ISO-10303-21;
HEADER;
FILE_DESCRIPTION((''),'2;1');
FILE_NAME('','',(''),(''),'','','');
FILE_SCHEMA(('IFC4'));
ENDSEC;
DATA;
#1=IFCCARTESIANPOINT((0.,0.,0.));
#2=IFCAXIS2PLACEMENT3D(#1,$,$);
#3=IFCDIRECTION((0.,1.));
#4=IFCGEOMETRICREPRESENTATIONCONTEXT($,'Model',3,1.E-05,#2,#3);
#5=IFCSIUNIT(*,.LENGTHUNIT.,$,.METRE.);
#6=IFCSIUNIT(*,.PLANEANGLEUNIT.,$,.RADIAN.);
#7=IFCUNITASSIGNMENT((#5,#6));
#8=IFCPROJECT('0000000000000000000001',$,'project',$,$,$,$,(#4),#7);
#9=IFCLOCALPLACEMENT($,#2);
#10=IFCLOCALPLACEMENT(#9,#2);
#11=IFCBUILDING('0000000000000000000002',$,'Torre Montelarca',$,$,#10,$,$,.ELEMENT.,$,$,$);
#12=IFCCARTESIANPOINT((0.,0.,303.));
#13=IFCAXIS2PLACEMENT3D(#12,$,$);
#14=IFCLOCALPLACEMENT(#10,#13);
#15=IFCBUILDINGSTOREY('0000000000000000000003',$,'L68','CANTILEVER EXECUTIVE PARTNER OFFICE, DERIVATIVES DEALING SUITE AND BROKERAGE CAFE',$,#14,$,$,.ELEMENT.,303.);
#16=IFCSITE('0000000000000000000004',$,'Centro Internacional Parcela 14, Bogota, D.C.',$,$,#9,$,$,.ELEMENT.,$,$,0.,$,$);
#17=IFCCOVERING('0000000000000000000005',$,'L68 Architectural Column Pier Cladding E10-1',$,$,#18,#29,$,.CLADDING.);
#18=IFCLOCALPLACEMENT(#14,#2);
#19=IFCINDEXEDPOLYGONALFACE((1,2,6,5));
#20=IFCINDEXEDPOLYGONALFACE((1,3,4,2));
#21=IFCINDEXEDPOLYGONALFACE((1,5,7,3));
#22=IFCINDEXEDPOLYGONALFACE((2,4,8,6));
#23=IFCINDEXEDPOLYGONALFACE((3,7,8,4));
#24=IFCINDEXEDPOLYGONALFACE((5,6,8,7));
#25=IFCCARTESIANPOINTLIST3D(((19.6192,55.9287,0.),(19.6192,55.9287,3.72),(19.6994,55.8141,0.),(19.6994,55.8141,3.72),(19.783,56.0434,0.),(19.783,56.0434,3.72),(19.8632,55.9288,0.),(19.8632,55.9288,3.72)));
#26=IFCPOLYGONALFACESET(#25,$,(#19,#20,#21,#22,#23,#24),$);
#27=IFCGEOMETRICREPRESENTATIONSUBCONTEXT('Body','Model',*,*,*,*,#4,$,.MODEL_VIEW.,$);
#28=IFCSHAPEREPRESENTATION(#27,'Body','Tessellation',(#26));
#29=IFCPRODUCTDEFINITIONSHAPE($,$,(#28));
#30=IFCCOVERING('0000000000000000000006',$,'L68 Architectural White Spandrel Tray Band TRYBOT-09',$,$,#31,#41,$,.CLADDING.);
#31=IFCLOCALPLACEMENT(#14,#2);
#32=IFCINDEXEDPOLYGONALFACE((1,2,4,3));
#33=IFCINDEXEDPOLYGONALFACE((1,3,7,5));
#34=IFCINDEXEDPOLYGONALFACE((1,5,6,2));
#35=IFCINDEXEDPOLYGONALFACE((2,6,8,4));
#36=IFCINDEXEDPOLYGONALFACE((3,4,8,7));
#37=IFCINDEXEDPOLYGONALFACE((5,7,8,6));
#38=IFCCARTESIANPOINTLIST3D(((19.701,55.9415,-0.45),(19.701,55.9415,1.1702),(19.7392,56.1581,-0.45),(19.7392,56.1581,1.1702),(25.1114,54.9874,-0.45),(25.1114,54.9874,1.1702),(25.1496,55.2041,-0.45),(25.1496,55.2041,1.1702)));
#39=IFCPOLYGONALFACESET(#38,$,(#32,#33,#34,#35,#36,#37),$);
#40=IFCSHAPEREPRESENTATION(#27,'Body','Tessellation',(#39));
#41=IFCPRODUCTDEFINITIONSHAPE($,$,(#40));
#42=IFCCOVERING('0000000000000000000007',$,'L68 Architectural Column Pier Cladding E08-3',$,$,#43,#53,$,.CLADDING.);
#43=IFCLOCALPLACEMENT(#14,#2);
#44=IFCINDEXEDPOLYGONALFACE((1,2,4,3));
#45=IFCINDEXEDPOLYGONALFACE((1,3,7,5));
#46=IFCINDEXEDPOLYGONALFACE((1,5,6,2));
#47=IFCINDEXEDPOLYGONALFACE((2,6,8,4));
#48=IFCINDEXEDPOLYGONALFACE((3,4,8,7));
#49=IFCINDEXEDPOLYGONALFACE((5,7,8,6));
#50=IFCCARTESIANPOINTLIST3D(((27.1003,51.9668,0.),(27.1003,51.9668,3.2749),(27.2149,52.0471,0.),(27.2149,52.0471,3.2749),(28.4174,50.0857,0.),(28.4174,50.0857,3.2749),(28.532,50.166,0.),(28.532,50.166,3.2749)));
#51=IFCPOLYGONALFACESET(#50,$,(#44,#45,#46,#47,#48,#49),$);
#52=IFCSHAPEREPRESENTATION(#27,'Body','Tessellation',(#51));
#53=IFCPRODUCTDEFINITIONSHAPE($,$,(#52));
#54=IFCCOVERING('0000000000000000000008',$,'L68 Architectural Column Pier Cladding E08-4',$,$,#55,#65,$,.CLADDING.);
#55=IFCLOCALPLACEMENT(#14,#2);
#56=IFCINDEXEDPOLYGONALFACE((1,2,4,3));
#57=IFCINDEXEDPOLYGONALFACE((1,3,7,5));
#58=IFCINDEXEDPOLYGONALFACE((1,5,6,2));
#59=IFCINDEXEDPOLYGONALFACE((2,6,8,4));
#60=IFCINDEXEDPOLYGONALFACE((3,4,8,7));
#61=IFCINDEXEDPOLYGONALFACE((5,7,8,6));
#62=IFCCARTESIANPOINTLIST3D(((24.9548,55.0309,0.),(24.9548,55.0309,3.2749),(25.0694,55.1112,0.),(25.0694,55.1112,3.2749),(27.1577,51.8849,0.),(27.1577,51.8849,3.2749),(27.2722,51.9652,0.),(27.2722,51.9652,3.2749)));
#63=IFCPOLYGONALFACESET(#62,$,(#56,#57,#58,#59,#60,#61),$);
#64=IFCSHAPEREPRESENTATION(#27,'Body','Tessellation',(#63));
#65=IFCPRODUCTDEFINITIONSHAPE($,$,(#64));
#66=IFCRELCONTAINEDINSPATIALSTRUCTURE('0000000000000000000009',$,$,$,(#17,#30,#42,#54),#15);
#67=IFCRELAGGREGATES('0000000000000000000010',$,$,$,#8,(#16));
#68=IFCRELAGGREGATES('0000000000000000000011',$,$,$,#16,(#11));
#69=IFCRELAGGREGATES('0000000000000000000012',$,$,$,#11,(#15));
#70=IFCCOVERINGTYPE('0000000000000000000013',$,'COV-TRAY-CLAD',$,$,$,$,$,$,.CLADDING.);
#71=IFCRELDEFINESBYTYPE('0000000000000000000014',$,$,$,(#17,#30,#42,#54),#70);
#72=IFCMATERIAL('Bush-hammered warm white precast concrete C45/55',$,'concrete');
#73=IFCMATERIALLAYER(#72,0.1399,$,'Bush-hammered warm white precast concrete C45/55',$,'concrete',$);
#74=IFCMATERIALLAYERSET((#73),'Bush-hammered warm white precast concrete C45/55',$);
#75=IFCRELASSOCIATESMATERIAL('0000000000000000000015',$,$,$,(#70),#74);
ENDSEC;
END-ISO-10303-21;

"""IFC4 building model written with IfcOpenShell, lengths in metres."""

from ifc_helpers import new_model, si_unit, direction, frame, origin, origin_2d, place, context, subcontext, project, spatial, rectangle, extrude, source, transform, mapped, material, layer, layer_set, type_object, element, save


model = new_model("IFC4")

# Units and contexts
model_context = context("Model", 3, precision=1e-05, world=origin(), true_north=direction((0.0, 1.0)))
body_context = subcontext(model_context, "Body", "Model", "MODEL_VIEW")
ifc_project = project(units=[si_unit("LENGTHUNIT", "METRE"), si_unit("PLANEANGLEUNIT", "RADIAN")], contexts=[model_context])

# Site, building, storey
site_placement = place(None, origin())
site = spatial("IfcSite", under=ifc_project, at=site_placement, Name="Centro Internacional Parcela 14, Bogota, D.C.", CompositionType="ELEMENT", RefElevation=0.0)
building_placement = place(site_placement, origin())
building = spatial("IfcBuilding", under=site, at=building_placement, Name="Torre Montelarca", CompositionType="ELEMENT")
storey_placement = place(building_placement, frame((0.0, 0.0, 303.0)))
storey = spatial("IfcBuildingStorey", under=building, at=storey_placement, Name="L68", Description="CANTILEVER EXECUTIVE PARTNER OFFICE, DERIVATIVES DEALING SUITE AND BROKERAGE CAFE", CompositionType="ELEMENT", Elevation=303.0)

# Coverings
ifc_material_1 = material(Name="Bush-hammered warm white precast concrete C45/55", Category="concrete")
ifc_layer_1 = layer(ifc_material_1, 0.1399, Name="Bush-hammered warm white precast concrete C45/55", Category="concrete")
ifc_layer_set_1 = layer_set([ifc_layer_1], Name="Bush-hammered warm white precast concrete C45/55")
covering_type = type_object("IfcCoveringType", Name="COV-TRAY-CLAD", PredefinedType="CLADDING", material=ifc_layer_set_1)
shared_shape_1 = source(origin(), body_context, "Body", "SweptSolid", [
    extrude(rectangle(XDim=0.2, YDim=0.1399, at=origin_2d()), origin(), (0.0, 0.0, 1.0), 3.72),
])
for number, where, z_axis, x_axis, name in (
    (1, (19.7412, 55.9287, 0.0), (0.0, 0.0, 1.0), (-0.819153, -0.573575, 0.0), "L68 Architectural Column Pier Cladding E10-1"),
):
    element("IfcCovering", number, at=place(storey_placement, frame(where, z_axis=z_axis, x_axis=x_axis)), inside=storey, type_object=covering_type, Name=name, PredefinedType="CLADDING", context=body_context, shape_type="MappedRepresentation", body=[
        mapped(shared_shape_1, transform((0.0, 0.0, 0.0), scale=1.0)),
    ])
shared_shape_2 = source(origin(), body_context, "Body", "SweptSolid", [
    extrude(rectangle(XDim=5.4939, YDim=0.22, at=origin_2d()), origin(), (0.0, 0.0, 1.0), 1.6201),
])
covering_1_placement = place(storey_placement, frame((22.4253, 55.5728, -0.45), z_axis=(0.0, 0.0, 1.0), x_axis=(-0.984807, 0.173653, 0.0)))
element("IfcCovering", 2, at=covering_1_placement, inside=storey, type_object=covering_type, Name="L68 Architectural White Spandrel Tray Band TRYBOT-09", PredefinedType="CLADDING", context=body_context, shape_type="MappedRepresentation", body=[
    mapped(shared_shape_2, transform((0.0, 0.0, 0.0), scale=1.0)),
])
shared_shape_3 = source(origin(), body_context, "Body", "SweptSolid", [
    extrude(rectangle(XDim=2.2964, YDim=0.1399, at=origin_2d()), origin(), (0.0, 0.0, 1.0), 3.2749),
])
covering_2_placement = place(storey_placement, frame((27.8162, 51.0664, 0.0), z_axis=(0.0, 0.0, 1.0), x_axis=(-0.573574, 0.819154, 0.0)))
element("IfcCovering", 3, at=covering_2_placement, inside=storey, type_object=covering_type, Name="L68 Architectural Column Pier Cladding E08-3", PredefinedType="CLADDING", context=body_context, shape_type="MappedRepresentation", body=[
    mapped(shared_shape_3, transform((0.0, 0.0, 0.0), scale=1.0)),
])
shared_shape_4 = source(origin(), body_context, "Body", "SweptSolid", [
    extrude(rectangle(XDim=3.8406, YDim=0.1399, at=origin_2d()), origin(), (0.0, 0.0, 1.0), 3.2749),
])
covering_3_placement = place(storey_placement, frame((26.1135, 53.498, 0.0), z_axis=(0.0, 0.0, 1.0), x_axis=(-0.573574, 0.819154, 0.0)))
element("IfcCovering", 4, at=covering_3_placement, inside=storey, type_object=covering_type, Name="L68 Architectural Column Pier Cladding E08-4", PredefinedType="CLADDING", context=body_context, shape_type="MappedRepresentation", body=[
    mapped(shared_shape_4, transform((0.0, 0.0, 0.0), scale=1.0)),
])

save(model, "model.ifc")
